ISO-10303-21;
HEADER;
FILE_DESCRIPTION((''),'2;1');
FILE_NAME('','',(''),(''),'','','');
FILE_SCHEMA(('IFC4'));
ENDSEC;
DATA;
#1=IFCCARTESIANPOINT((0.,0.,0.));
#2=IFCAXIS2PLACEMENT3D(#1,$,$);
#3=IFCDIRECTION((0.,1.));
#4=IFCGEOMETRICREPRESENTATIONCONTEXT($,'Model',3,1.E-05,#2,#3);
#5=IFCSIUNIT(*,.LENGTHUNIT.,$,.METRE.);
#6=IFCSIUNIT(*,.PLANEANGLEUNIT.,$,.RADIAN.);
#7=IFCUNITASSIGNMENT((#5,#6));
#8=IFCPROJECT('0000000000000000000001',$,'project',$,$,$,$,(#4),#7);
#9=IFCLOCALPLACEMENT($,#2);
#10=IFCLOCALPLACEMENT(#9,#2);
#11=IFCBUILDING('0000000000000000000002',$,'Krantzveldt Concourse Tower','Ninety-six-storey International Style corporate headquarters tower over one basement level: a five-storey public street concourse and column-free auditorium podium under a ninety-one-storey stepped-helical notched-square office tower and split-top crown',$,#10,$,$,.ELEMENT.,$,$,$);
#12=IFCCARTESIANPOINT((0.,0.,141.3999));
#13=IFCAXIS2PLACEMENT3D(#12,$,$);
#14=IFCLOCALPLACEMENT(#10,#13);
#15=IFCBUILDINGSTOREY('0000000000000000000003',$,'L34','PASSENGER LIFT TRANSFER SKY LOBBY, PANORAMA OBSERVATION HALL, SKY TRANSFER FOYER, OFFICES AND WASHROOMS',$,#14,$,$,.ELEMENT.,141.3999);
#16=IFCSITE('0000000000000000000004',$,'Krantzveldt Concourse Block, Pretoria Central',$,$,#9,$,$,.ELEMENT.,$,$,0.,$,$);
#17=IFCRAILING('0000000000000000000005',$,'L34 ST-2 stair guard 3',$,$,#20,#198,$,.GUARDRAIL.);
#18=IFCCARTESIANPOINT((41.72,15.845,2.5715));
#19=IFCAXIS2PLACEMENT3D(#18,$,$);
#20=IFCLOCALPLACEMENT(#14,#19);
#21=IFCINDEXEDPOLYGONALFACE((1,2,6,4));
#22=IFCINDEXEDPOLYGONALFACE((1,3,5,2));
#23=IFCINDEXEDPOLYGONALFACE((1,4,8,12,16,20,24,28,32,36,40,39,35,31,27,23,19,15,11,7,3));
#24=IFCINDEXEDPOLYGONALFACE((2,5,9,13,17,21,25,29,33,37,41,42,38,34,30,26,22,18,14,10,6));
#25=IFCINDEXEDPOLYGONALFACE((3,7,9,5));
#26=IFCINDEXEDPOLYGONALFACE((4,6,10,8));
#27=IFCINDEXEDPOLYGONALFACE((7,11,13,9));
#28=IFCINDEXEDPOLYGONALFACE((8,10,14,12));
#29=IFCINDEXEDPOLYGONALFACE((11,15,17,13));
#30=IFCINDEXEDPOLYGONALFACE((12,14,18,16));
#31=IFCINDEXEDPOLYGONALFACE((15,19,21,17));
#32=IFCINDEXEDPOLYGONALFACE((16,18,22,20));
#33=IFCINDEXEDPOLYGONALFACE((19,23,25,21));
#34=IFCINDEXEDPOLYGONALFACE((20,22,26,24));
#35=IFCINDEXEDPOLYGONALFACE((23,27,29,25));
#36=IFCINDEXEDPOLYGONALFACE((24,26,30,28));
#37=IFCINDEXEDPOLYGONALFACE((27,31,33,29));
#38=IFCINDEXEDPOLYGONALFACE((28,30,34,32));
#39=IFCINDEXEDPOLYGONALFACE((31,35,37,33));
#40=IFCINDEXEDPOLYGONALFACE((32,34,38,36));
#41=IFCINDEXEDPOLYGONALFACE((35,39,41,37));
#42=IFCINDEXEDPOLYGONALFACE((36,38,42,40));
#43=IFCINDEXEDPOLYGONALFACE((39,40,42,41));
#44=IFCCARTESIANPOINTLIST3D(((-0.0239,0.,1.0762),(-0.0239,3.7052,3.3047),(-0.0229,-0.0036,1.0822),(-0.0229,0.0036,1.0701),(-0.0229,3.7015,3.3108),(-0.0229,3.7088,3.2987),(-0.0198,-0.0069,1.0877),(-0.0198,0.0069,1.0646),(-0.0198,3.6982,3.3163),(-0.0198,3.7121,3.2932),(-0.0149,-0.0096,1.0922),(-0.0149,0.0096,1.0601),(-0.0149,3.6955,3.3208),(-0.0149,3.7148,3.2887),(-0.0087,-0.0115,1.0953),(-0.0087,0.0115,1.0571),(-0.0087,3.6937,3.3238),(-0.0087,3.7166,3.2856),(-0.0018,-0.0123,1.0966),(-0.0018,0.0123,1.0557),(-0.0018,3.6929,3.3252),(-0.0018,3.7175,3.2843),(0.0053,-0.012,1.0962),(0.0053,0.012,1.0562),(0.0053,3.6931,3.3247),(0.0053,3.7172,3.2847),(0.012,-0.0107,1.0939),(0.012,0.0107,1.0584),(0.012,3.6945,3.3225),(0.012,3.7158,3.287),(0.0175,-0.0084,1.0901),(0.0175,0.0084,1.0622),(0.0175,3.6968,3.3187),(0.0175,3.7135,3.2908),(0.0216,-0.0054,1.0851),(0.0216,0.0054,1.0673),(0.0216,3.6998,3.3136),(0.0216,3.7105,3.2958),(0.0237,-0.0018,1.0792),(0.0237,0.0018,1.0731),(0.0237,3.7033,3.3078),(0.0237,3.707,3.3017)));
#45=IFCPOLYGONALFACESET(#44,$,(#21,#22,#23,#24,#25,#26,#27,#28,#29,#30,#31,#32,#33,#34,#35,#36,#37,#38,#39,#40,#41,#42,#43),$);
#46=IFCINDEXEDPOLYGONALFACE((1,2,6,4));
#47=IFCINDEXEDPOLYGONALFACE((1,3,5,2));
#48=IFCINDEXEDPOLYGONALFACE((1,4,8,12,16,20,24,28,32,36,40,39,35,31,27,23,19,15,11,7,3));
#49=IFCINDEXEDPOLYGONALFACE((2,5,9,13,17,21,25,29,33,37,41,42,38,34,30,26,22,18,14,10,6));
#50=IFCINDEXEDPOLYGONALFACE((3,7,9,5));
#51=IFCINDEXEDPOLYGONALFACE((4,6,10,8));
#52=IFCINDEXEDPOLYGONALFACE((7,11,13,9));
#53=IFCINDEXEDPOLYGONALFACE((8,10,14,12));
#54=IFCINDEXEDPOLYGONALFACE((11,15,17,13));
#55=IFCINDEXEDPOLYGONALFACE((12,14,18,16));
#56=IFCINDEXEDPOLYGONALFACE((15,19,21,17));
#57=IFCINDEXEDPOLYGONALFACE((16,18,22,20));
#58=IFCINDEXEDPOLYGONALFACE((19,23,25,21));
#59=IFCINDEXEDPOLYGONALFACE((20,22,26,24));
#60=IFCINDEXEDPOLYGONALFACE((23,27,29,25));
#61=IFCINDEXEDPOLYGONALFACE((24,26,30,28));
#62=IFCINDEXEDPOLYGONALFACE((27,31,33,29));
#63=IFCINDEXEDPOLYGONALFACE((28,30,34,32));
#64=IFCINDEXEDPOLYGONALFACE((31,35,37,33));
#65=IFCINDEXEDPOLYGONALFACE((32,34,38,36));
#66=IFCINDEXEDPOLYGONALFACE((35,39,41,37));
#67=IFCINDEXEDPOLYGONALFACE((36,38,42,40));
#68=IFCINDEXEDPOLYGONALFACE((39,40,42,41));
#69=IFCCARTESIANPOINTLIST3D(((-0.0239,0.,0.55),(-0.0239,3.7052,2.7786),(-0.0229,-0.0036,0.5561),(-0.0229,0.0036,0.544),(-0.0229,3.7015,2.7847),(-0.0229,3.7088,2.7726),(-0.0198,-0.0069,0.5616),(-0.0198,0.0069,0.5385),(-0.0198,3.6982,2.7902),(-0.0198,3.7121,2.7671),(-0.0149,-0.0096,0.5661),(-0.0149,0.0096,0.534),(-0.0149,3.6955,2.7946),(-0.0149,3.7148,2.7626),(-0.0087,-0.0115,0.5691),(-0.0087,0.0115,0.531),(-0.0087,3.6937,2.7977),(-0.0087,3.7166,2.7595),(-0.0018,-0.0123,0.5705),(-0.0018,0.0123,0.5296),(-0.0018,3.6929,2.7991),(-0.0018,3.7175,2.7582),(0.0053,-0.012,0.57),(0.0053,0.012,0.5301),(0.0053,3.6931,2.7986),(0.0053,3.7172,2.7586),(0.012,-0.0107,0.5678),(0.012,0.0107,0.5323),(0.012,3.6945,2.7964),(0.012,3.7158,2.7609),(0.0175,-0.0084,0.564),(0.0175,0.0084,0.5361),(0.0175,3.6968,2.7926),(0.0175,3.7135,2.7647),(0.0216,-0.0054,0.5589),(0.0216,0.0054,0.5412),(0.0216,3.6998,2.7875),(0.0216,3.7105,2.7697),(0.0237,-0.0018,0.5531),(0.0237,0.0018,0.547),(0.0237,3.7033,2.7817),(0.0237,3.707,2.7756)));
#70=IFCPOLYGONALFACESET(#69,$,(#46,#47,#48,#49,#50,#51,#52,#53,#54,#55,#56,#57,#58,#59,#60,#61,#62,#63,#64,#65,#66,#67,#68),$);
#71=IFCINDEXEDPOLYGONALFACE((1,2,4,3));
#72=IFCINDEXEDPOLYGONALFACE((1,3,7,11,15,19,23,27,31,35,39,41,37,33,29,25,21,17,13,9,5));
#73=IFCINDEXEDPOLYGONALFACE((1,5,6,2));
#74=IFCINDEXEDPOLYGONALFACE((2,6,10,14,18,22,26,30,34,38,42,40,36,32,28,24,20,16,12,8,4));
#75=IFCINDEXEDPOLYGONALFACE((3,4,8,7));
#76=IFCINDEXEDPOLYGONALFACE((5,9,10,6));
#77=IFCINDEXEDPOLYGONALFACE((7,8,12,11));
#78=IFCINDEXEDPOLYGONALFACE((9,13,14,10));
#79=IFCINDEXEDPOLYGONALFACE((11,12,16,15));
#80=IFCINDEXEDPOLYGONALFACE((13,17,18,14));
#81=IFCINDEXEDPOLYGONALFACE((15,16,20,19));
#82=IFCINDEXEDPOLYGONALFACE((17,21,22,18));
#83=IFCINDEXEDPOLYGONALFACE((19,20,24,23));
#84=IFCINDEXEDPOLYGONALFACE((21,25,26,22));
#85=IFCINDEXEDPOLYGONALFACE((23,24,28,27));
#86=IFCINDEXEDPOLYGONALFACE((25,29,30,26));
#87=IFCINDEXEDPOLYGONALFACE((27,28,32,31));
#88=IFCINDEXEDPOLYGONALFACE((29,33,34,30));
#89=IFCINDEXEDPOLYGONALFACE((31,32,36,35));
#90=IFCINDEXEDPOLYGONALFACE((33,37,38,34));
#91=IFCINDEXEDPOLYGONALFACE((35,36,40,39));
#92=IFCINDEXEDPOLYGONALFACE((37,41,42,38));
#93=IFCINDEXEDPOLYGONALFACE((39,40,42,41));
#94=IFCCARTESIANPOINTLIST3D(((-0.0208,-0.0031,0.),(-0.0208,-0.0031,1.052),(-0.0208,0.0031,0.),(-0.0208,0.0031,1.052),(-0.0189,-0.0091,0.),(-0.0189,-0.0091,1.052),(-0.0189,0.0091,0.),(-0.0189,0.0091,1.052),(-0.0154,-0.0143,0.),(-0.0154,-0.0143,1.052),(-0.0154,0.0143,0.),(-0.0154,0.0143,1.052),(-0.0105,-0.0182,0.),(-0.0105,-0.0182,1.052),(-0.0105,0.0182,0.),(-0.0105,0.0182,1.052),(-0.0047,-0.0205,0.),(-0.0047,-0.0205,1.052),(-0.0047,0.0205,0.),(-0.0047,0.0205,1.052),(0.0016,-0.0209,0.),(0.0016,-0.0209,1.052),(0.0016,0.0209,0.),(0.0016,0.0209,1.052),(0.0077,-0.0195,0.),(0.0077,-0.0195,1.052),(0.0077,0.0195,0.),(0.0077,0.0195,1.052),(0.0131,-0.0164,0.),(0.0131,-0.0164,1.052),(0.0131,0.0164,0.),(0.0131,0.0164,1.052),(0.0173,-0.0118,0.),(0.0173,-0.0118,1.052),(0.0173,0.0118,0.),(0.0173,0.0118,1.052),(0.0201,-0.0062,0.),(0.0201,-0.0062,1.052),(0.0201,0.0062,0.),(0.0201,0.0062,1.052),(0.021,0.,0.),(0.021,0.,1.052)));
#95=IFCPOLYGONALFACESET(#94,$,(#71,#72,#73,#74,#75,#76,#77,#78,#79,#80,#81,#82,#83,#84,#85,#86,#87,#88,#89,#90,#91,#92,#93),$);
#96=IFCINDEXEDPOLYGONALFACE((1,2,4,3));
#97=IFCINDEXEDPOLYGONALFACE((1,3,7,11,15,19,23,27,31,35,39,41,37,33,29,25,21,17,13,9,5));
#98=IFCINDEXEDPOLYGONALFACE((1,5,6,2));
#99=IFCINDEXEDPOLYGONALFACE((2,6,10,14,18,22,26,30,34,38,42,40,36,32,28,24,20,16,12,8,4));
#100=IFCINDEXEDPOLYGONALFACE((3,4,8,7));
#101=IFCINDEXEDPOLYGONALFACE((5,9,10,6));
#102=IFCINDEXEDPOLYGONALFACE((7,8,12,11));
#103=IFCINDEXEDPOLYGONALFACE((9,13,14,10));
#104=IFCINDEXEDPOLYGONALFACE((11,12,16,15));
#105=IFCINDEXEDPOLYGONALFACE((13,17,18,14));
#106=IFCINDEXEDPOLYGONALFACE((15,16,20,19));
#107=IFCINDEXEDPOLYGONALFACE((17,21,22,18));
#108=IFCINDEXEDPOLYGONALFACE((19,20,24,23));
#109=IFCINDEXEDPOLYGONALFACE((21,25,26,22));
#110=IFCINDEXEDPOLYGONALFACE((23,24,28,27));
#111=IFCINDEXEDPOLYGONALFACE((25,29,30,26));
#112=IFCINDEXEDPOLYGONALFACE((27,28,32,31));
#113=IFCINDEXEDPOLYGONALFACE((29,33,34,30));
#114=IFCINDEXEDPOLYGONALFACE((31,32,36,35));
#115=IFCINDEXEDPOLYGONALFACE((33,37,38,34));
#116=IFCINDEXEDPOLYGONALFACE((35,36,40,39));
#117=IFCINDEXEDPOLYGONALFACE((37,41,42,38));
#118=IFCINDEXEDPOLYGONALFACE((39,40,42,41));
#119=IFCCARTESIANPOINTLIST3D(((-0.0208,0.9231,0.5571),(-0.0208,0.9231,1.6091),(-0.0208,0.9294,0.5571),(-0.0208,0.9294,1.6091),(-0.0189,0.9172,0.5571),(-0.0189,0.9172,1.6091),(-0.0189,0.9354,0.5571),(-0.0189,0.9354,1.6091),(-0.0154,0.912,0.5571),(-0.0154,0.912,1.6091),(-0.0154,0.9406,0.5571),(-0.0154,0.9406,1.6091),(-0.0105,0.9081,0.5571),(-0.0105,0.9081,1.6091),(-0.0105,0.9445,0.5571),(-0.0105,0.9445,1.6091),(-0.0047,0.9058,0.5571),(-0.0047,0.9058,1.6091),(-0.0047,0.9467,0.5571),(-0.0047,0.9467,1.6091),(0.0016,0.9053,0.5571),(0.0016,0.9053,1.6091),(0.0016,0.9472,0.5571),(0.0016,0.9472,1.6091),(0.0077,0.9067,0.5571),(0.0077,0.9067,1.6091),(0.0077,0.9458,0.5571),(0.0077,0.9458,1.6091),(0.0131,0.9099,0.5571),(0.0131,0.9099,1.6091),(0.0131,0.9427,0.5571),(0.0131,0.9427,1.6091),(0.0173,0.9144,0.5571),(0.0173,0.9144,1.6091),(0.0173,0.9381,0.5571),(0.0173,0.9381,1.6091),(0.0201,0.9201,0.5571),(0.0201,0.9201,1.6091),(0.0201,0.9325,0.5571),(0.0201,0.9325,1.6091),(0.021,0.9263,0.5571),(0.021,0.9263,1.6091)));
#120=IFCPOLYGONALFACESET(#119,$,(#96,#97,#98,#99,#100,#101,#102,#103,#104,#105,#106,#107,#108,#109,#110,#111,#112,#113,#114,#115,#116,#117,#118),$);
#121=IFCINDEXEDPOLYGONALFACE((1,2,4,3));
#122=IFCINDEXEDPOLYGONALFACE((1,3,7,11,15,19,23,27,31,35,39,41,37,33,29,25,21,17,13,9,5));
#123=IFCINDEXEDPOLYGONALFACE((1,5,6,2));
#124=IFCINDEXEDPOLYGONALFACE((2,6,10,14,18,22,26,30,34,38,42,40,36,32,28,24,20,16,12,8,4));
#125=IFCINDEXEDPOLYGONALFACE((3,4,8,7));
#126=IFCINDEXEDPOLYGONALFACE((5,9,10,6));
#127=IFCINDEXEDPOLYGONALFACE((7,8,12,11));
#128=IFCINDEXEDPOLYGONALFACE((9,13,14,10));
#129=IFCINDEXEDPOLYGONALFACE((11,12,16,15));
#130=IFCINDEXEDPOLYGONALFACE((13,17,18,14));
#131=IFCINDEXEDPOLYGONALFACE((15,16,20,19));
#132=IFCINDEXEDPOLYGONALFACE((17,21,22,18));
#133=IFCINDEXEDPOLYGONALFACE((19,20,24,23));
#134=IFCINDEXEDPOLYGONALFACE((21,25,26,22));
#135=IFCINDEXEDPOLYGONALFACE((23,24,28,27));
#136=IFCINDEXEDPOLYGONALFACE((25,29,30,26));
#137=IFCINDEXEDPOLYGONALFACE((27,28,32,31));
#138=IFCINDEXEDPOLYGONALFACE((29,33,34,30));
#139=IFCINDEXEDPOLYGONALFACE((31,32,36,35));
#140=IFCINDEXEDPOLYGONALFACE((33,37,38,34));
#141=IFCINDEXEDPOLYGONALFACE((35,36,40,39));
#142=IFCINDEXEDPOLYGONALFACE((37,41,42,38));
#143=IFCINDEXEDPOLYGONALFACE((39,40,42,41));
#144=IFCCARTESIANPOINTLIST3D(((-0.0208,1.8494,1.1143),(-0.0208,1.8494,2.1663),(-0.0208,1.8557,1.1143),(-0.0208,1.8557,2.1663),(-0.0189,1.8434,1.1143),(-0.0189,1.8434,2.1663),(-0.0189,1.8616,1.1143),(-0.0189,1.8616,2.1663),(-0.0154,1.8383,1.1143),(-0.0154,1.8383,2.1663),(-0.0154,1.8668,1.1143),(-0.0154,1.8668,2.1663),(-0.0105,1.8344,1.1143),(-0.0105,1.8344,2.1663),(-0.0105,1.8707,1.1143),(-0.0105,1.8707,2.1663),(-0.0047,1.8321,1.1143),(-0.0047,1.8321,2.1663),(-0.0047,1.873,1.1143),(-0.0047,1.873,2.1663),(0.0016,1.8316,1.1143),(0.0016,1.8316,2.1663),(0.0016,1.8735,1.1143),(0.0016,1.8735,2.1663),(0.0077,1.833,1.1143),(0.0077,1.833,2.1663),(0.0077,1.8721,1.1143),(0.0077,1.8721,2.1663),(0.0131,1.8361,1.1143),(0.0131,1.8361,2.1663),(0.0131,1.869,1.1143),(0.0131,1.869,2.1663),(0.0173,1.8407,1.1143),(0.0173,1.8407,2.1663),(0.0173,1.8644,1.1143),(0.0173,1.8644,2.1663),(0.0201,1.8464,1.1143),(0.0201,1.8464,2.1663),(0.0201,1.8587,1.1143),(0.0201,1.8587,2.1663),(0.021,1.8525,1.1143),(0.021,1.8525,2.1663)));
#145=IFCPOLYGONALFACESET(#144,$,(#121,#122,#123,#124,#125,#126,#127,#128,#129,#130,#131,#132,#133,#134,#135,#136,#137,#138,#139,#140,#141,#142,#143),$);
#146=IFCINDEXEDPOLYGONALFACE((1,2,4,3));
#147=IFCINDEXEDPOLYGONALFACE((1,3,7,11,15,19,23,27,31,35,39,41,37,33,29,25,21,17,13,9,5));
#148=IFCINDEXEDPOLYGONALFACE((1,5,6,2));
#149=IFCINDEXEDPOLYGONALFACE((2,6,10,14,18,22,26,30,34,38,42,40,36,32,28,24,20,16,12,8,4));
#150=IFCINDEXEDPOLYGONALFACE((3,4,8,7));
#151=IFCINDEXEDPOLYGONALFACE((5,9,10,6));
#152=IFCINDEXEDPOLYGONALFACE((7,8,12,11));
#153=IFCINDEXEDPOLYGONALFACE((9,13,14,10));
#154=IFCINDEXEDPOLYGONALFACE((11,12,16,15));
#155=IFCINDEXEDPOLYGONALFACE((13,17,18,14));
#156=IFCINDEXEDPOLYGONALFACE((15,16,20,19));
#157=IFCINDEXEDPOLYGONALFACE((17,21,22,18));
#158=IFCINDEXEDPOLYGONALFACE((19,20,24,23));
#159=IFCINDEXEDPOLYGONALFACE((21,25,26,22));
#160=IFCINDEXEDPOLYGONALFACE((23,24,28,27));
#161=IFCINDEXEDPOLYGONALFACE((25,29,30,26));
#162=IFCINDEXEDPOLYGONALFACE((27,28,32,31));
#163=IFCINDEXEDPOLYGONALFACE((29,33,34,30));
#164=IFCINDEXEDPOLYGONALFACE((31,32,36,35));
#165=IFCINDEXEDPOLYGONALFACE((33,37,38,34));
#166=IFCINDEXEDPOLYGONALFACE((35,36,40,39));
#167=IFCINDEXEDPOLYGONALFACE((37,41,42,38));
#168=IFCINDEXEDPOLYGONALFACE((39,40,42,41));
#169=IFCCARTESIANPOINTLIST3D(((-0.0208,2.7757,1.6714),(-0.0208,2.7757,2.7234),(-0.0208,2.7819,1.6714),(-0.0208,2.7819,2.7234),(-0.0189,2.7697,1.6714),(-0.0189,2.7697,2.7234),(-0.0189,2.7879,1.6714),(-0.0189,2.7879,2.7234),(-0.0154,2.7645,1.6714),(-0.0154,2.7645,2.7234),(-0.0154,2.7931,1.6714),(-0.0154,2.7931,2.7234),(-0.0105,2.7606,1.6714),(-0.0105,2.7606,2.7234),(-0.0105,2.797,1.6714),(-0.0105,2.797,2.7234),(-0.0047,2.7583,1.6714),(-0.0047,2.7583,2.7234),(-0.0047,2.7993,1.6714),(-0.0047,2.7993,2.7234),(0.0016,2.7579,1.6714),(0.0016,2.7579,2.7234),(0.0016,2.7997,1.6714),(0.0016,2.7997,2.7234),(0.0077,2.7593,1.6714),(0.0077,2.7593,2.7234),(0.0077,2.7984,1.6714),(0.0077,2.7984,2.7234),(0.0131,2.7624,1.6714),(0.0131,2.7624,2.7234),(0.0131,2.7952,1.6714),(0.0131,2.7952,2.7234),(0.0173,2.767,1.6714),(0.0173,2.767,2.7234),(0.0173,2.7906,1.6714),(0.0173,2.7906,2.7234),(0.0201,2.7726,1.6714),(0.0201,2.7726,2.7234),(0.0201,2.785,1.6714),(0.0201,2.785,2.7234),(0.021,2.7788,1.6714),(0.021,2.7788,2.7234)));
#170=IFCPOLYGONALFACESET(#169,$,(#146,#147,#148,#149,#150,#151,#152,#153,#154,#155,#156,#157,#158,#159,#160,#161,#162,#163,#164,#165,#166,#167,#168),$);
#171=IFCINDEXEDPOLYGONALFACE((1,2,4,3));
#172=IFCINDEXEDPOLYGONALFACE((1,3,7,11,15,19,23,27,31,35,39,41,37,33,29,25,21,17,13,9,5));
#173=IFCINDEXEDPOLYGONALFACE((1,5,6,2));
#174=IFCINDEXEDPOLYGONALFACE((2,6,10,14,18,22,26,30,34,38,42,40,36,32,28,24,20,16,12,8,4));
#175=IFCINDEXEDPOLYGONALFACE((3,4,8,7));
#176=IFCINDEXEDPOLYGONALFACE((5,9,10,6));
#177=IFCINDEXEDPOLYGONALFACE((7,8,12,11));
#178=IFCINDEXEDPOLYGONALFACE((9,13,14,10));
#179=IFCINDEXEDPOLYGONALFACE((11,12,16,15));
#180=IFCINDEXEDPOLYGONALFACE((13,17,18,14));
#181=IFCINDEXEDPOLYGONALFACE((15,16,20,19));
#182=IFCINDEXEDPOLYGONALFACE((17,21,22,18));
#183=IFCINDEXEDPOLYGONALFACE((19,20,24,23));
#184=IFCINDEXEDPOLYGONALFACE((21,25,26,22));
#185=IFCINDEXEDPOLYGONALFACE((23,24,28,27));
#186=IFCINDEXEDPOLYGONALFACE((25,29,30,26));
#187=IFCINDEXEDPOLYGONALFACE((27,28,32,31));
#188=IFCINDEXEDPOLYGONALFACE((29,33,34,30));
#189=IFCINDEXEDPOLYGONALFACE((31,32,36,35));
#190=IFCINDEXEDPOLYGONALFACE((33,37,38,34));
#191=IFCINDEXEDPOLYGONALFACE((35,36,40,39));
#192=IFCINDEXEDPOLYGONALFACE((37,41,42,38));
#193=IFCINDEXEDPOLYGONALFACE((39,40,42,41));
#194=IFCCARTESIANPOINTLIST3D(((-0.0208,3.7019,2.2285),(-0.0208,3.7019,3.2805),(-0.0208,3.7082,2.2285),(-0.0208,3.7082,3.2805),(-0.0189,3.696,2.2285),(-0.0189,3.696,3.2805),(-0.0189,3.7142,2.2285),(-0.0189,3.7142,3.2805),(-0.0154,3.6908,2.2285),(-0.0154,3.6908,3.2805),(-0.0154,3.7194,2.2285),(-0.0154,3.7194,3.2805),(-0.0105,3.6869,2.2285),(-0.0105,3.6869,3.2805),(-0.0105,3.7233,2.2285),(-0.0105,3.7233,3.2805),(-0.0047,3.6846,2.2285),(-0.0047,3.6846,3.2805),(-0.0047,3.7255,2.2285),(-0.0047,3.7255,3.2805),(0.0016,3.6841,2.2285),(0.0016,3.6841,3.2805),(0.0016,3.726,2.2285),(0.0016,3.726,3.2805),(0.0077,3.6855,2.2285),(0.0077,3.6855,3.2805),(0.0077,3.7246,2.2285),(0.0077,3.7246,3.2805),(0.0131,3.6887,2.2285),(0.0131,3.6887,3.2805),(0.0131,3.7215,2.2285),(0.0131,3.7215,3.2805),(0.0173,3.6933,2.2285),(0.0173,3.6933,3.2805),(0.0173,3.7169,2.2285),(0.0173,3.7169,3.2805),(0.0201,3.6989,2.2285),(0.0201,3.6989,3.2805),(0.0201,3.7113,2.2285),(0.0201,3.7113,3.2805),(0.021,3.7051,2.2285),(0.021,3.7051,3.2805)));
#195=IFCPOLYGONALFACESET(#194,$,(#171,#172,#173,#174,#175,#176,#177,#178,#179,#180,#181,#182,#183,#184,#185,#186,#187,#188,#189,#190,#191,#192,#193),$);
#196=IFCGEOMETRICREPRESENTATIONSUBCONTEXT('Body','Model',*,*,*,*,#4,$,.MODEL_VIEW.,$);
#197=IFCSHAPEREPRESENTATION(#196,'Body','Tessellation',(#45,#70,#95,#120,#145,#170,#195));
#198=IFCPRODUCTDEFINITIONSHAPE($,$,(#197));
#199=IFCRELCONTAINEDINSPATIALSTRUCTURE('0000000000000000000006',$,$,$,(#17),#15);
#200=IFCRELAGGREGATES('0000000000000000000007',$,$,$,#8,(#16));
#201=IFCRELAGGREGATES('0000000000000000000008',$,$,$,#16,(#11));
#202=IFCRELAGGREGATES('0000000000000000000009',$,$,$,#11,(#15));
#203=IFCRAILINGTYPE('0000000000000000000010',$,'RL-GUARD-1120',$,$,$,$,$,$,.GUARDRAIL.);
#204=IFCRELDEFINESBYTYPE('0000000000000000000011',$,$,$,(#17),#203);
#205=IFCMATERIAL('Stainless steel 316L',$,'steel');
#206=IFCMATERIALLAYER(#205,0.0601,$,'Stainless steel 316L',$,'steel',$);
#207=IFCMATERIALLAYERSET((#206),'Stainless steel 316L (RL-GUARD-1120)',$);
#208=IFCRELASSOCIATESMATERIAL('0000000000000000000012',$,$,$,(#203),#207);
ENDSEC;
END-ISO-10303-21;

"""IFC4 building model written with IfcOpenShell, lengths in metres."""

from ifc_helpers import new_model, si_unit, direction, frame, origin, origin_2d, place, context, subcontext, project, spatial, circle, extrude, material, layer, layer_set, type_object, element, save


model = new_model("IFC4")

# Units and contexts
model_context = context("Model", 3, precision=1e-05, world=origin(), true_north=direction((0.0, 1.0)))
body_context = subcontext(model_context, "Body", "Model", "MODEL_VIEW")
ifc_project = project(units=[si_unit("LENGTHUNIT", "METRE"), si_unit("PLANEANGLEUNIT", "RADIAN")], contexts=[model_context])

# Site, building, storey
site_placement = place(None, origin())
site = spatial("IfcSite", under=ifc_project, at=site_placement, Name="Krantzveldt Concourse Block, Pretoria Central", CompositionType="ELEMENT", RefElevation=0.0)
building_placement = place(site_placement, origin())
building = spatial("IfcBuilding", under=site, at=building_placement, Name="Krantzveldt Concourse Tower", Description="Ninety-six-storey International Style corporate headquarters tower over one basement level: a five-storey public street concourse and column-free auditorium podium under a ninety-one-storey stepped-helical notched-square office tower and split-top crown", CompositionType="ELEMENT")
storey_placement = place(building_placement, frame((0.0, 0.0, 141.3999)))
storey = spatial("IfcBuildingStorey", under=building, at=storey_placement, Name="L34", Description="PASSENGER LIFT TRANSFER SKY LOBBY, PANORAMA OBSERVATION HALL, SKY TRANSFER FOYER, OFFICES AND WASHROOMS", CompositionType="ELEMENT", Elevation=141.3999)

# Shared definitions
ifc_material_1 = material(Name="Stainless steel 316L", Category="steel")

# Railing
ifc_layer_1 = layer(ifc_material_1, 0.0601, Name="Stainless steel 316L", Category="steel")
ifc_layer_set_1 = layer_set([ifc_layer_1], Name="Stainless steel 316L (RL-GUARD-1120)")
railing_type_1 = type_object("IfcRailingType", Name="RL-GUARD-1120", PredefinedType="GUARDRAIL", material=ifc_layer_set_1)
railing_1_placement = place(storey_placement, frame((41.72, 15.845, 2.5715)))
element("IfcRailing", 1, at=railing_1_placement, inside=storey, type_object=railing_type_1, Name="L34 ST-2 stair guard 3", PredefinedType="GUARDRAIL", context=body_context, shape_type="SweptSolid", body=[
    extrude(circle(Radius=0.0239, at=origin_2d()), frame((0.0, 0.0, 1.0762), z_axis=(0.0, 0.856934, 0.515425), x_axis=(-1.0, 0.0, 0.0)), (0.0, 0.0, 1.0), 4.3237),
    extrude(circle(Radius=0.0239, at=origin_2d()), frame((0.0, 0.0, 0.55), z_axis=(0.0, 0.856934, 0.515425), x_axis=(-1.0, 0.0, 0.0)), (0.0, 0.0, 1.0), 4.3237),
    extrude(circle(Radius=0.021, at=origin_2d()), origin(), (0.0, 0.0, 1.0), 1.052),
    extrude(circle(Radius=0.021, at=origin_2d()), frame((0.0, 0.9263, 0.5571)), (0.0, 0.0, 1.0), 1.052),
    extrude(circle(Radius=0.021, at=origin_2d()), frame((0.0, 1.8525, 1.1143)), (0.0, 0.0, 1.0), 1.052),
    extrude(circle(Radius=0.021, at=origin_2d()), frame((0.0, 2.7788, 1.6714)), (0.0, 0.0, 1.0), 1.052),
    extrude(circle(Radius=0.021, at=origin_2d()), frame((0.0, 3.7051, 2.2285)), (0.0, 0.0, 1.0), 1.052),
])

save(model, "model.ifc")
